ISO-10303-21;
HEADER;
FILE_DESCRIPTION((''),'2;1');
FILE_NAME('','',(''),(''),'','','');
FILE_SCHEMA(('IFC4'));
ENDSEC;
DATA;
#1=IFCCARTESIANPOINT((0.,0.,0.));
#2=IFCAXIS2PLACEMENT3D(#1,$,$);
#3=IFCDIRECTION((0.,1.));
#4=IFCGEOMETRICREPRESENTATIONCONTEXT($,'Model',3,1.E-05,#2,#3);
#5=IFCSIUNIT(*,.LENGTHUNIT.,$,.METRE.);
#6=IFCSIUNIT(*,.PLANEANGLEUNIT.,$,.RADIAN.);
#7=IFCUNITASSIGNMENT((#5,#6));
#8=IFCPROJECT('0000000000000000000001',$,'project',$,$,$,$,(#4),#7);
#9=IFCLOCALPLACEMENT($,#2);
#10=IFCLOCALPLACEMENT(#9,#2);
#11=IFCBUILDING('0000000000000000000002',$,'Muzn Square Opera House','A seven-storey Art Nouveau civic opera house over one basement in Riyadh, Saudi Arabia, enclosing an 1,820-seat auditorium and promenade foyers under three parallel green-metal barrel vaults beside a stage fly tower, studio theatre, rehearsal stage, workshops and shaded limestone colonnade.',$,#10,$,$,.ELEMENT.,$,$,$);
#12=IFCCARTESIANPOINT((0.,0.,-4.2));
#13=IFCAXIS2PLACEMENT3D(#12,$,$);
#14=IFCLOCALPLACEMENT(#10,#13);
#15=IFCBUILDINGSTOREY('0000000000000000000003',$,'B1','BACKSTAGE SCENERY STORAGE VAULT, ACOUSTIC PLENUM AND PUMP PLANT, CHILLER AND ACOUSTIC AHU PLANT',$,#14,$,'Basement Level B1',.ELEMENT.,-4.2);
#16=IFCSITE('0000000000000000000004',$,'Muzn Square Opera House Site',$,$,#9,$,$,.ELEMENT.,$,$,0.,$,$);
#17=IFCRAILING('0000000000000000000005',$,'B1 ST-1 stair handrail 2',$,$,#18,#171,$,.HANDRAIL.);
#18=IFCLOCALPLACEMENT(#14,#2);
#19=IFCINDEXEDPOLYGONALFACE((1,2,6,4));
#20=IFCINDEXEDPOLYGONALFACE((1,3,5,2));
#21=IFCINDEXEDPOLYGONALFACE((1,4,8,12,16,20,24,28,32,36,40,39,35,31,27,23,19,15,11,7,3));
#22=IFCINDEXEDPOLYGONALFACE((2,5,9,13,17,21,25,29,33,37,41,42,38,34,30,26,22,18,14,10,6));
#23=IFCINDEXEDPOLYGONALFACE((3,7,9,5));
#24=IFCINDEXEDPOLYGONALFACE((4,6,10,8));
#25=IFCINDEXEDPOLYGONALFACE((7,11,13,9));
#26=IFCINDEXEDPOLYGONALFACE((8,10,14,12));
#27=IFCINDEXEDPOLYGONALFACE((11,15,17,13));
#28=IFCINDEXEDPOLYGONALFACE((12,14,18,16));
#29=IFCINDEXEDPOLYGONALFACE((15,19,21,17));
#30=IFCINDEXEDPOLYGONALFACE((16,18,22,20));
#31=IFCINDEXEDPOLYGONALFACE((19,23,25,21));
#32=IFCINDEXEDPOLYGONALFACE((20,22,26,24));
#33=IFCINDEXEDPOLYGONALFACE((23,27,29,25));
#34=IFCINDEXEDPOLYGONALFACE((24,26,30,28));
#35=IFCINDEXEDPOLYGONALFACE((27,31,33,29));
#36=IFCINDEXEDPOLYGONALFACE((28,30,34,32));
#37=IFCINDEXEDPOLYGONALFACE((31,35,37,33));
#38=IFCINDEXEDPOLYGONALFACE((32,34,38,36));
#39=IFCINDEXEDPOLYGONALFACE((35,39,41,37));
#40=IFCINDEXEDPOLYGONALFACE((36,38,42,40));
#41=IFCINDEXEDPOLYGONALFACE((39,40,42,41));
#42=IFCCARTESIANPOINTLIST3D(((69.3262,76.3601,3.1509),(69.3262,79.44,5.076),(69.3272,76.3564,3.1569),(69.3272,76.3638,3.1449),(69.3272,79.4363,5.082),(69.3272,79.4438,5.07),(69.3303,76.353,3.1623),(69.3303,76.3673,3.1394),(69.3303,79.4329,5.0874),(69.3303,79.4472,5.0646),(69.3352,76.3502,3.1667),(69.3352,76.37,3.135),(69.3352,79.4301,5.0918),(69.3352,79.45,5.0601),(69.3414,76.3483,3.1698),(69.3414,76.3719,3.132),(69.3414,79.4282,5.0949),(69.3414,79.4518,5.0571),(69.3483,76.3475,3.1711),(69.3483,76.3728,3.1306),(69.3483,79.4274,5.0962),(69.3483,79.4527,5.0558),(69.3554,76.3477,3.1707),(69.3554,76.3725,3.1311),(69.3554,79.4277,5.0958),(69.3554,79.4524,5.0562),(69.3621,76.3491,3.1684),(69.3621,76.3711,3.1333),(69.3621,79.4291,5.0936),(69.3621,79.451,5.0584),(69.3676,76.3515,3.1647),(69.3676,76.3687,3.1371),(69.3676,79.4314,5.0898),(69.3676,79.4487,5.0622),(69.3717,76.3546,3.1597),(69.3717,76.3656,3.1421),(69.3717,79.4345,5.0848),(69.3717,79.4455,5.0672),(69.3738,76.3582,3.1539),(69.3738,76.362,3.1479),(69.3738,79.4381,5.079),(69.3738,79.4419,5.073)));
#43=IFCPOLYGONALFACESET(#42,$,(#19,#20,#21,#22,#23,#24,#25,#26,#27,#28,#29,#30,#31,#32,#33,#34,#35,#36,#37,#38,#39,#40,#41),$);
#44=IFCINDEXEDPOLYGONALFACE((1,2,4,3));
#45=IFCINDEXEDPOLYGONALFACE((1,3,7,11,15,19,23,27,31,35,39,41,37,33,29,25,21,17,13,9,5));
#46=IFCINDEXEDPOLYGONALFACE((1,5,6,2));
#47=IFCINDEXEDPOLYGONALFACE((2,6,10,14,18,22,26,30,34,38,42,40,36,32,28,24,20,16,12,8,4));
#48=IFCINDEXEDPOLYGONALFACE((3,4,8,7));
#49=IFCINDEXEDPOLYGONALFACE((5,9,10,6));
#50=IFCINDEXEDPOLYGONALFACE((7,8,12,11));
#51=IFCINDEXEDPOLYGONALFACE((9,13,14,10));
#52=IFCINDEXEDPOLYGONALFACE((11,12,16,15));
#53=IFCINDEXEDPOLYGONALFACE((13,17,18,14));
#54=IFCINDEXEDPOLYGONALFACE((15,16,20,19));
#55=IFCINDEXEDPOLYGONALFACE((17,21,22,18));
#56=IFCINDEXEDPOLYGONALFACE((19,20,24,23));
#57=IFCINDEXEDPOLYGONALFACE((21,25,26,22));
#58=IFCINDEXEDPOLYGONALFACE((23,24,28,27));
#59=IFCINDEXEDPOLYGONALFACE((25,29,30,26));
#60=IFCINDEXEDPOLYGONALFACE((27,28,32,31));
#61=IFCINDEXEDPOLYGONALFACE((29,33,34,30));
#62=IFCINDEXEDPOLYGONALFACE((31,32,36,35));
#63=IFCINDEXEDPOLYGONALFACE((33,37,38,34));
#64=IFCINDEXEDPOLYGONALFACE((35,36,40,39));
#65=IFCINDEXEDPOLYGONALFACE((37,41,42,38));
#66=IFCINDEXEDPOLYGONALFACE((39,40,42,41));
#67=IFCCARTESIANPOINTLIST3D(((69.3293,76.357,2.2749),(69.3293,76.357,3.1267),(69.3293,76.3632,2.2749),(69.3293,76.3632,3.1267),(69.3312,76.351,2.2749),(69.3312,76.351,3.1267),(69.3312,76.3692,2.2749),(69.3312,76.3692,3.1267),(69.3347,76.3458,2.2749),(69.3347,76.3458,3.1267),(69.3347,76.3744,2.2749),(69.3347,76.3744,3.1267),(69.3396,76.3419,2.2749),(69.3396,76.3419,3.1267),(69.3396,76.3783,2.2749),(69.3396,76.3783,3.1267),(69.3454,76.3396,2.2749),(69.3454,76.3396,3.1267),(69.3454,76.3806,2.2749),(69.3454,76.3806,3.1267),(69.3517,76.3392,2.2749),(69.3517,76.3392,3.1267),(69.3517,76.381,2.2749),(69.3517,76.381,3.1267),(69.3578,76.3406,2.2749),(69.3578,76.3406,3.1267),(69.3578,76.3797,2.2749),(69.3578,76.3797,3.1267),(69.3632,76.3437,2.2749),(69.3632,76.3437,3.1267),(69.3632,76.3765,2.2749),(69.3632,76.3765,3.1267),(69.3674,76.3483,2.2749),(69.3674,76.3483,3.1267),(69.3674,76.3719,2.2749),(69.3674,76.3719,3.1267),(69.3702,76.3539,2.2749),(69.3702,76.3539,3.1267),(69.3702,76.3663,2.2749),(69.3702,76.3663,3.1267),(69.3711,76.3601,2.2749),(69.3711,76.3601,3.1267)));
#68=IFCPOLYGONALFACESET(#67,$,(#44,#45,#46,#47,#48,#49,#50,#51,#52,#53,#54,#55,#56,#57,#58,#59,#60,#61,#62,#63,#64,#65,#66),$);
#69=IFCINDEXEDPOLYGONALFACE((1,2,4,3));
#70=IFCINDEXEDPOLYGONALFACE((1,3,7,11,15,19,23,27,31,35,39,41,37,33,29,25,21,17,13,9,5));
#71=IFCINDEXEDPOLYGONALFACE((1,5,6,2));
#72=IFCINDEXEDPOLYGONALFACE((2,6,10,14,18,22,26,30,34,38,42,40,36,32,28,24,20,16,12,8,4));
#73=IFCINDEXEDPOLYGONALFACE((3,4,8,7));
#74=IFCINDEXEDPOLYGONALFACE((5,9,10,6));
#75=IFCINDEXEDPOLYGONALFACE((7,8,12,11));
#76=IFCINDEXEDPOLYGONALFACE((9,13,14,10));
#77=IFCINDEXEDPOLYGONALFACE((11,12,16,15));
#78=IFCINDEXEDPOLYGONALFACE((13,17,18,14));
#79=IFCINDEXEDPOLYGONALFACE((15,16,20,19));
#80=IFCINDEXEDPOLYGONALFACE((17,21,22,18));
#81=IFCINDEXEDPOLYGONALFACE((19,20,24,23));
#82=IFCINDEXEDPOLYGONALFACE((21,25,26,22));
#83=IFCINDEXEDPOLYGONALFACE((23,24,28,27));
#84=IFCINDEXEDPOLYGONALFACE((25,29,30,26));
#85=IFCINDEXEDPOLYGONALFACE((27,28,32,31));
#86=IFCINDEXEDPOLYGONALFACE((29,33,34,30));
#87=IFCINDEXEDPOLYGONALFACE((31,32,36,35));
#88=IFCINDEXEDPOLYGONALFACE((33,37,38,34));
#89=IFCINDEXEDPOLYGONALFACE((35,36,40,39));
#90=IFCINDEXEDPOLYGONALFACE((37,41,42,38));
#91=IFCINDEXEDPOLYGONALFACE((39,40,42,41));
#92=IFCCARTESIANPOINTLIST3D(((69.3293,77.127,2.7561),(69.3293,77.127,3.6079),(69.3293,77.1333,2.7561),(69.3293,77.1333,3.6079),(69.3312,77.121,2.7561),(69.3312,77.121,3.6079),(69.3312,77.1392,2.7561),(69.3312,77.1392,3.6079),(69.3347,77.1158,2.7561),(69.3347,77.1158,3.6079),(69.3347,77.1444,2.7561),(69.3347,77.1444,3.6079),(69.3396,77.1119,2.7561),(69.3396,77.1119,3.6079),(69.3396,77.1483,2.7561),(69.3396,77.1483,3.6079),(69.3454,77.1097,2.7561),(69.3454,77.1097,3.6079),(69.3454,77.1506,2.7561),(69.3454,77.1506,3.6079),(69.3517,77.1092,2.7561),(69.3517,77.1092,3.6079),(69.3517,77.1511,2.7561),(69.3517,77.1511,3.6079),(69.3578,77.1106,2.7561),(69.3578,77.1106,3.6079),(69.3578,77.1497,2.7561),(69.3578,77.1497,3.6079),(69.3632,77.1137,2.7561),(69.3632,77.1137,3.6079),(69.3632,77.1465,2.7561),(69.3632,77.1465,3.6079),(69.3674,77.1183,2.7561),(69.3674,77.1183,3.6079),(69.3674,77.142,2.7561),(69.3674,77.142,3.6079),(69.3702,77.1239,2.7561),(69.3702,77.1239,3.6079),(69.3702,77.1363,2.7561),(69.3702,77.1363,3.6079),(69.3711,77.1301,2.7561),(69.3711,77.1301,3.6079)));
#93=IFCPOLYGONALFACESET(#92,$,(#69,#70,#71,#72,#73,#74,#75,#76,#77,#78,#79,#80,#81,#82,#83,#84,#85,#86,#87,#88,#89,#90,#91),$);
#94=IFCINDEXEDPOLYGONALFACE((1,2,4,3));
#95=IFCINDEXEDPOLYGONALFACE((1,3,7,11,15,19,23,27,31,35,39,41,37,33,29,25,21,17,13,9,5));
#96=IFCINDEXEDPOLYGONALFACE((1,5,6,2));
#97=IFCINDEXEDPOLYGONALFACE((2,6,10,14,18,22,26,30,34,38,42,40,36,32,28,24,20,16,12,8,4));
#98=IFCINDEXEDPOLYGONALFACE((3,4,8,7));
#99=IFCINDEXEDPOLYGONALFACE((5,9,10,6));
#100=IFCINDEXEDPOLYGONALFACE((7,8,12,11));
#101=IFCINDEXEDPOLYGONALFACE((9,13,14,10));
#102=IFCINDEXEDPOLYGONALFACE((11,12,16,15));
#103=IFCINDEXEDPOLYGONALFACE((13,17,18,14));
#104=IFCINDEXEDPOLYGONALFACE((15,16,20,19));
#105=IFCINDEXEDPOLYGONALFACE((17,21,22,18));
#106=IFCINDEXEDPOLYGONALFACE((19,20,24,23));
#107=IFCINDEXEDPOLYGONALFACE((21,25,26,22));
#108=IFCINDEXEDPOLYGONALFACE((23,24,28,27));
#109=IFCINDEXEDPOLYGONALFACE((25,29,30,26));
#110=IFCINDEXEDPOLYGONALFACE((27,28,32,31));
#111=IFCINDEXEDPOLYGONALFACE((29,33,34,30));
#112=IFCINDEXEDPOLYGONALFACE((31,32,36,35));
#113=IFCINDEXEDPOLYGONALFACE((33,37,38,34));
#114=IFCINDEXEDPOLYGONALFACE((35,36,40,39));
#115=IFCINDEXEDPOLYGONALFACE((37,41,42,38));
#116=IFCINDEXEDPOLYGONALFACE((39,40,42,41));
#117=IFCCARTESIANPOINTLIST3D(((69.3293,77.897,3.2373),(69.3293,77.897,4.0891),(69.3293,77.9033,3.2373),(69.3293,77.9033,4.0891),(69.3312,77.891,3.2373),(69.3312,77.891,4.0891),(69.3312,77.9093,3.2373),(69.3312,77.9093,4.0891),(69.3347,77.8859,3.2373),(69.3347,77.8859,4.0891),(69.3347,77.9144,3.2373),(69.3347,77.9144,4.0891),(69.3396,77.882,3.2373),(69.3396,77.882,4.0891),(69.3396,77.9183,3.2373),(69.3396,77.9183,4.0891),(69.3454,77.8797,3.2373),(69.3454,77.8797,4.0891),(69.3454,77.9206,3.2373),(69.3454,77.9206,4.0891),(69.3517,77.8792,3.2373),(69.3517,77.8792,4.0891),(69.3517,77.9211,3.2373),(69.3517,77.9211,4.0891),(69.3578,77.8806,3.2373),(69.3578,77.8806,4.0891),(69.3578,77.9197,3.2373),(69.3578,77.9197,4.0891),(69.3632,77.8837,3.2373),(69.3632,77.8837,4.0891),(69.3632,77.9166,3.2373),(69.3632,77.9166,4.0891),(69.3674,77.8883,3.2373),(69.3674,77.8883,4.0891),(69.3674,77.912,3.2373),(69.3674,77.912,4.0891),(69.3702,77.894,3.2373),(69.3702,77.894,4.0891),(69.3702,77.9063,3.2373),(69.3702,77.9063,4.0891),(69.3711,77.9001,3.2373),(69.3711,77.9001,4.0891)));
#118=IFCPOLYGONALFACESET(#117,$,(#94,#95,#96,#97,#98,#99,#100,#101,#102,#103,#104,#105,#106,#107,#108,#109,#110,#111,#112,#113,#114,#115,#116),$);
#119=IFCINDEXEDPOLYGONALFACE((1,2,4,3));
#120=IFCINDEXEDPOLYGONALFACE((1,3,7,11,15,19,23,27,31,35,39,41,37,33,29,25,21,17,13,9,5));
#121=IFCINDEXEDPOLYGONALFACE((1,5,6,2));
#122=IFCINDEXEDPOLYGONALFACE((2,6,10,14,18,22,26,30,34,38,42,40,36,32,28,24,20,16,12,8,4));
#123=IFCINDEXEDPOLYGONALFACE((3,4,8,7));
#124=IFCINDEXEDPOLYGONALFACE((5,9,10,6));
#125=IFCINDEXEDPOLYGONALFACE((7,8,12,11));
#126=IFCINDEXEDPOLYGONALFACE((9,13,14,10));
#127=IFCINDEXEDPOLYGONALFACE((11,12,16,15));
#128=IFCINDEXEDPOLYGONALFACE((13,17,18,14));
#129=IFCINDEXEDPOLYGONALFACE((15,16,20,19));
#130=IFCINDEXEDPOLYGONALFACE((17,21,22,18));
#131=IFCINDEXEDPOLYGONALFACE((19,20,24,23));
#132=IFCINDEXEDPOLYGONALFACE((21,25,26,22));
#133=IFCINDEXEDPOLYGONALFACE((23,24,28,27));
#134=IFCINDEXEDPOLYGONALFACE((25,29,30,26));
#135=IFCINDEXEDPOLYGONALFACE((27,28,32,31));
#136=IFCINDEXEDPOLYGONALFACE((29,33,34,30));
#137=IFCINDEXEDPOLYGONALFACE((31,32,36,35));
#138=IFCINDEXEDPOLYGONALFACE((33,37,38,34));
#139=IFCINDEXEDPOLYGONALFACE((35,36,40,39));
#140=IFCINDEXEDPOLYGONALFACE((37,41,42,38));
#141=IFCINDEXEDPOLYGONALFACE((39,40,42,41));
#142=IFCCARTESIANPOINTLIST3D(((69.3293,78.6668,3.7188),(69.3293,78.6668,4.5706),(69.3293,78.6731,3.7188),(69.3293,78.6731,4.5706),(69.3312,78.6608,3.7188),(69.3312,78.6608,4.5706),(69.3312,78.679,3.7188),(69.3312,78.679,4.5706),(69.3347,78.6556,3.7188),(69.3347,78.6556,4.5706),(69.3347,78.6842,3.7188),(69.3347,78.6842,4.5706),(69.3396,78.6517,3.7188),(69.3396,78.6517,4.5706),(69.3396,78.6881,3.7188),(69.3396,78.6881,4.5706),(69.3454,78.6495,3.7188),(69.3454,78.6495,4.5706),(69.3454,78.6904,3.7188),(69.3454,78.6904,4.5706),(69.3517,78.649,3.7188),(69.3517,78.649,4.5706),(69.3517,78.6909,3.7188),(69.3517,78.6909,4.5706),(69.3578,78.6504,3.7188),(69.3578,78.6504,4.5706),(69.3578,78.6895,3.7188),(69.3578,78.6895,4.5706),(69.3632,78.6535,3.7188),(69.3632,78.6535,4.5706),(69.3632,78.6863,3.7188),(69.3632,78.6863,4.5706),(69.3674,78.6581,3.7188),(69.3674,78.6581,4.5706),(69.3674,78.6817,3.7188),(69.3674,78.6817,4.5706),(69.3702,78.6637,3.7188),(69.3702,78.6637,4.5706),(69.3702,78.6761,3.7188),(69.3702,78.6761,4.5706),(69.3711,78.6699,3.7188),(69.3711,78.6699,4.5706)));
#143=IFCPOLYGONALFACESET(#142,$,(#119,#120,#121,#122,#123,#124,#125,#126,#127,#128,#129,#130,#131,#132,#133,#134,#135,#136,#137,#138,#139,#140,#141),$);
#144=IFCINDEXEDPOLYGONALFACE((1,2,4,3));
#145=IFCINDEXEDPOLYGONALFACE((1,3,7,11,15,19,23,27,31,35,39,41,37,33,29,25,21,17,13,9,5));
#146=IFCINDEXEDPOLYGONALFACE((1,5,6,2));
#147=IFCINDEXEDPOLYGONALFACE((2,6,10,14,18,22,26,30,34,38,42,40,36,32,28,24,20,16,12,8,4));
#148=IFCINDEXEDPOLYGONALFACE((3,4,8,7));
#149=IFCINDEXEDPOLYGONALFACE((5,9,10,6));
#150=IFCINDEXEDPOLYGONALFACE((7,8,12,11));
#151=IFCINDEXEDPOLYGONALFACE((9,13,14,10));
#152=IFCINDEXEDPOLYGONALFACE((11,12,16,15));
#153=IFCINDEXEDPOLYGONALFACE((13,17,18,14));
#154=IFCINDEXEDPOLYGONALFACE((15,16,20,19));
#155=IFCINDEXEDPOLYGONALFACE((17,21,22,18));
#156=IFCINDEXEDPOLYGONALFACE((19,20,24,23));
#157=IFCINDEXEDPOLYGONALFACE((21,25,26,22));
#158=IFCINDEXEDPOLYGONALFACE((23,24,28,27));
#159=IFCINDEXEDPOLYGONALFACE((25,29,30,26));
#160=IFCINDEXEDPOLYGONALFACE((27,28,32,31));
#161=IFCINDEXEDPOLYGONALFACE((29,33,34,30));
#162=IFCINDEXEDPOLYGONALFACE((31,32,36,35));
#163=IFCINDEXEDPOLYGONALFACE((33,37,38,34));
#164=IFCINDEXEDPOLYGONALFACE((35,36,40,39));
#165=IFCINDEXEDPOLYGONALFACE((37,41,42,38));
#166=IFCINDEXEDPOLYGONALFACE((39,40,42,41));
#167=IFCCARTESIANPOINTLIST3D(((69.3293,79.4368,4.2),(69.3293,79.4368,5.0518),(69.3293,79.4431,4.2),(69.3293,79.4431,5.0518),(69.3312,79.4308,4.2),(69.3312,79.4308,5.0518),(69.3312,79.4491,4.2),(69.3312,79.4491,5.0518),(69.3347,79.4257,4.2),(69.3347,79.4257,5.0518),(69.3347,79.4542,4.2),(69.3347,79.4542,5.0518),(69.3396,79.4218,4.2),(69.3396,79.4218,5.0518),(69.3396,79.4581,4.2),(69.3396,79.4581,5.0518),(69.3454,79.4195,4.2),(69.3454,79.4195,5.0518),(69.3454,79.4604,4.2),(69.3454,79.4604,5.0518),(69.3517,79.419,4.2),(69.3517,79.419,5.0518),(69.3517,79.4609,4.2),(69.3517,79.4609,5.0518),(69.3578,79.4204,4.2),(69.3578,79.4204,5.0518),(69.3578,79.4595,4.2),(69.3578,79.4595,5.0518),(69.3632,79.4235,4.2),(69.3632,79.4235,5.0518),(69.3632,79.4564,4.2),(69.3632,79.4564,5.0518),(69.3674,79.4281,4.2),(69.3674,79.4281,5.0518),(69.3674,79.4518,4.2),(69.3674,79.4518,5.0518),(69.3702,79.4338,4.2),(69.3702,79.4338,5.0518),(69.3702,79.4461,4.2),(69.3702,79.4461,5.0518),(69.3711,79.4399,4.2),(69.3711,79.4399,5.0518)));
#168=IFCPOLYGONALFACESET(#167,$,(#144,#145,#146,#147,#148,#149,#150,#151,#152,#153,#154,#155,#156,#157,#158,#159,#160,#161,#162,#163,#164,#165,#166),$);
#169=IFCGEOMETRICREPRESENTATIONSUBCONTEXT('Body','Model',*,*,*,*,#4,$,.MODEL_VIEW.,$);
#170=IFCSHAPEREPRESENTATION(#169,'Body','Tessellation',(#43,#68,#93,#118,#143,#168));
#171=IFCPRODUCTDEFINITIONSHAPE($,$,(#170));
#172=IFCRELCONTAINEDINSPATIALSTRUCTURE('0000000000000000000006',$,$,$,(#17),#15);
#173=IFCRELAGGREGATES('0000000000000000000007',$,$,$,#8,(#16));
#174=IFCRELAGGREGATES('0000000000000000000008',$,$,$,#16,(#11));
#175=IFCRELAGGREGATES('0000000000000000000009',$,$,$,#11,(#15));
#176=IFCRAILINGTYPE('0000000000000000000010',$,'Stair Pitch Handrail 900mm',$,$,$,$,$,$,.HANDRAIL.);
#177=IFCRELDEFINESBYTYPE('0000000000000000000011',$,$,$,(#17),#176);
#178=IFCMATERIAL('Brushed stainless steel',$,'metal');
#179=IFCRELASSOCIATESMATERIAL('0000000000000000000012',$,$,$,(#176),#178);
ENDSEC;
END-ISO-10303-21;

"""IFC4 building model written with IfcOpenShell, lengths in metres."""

from ifc_helpers import new_model, si_unit, direction, frame, origin, origin_2d, place, context, subcontext, project, spatial, circle, extrude, material, type_object, element, save


model = new_model("IFC4")

# Units and contexts
model_context = context("Model", 3, precision=1e-05, world=origin(), true_north=direction((0.0, 1.0)))
body_context = subcontext(model_context, "Body", "Model", "MODEL_VIEW")
ifc_project = project(units=[si_unit("LENGTHUNIT", "METRE"), si_unit("PLANEANGLEUNIT", "RADIAN")], contexts=[model_context])

# Site, building, storey
site_placement = place(None, origin())
site = spatial("IfcSite", under=ifc_project, at=site_placement, Name="Muzn Square Opera House Site", CompositionType="ELEMENT", RefElevation=0.0)
building_placement = place(site_placement, origin())
building = spatial("IfcBuilding", under=site, at=building_placement, Name="Muzn Square Opera House", Description="A seven-storey Art Nouveau civic opera house over one basement in Riyadh, Saudi Arabia, enclosing an 1,820-seat auditorium and promenade foyers under three parallel green-metal barrel vaults beside a stage fly tower, studio theatre, rehearsal stage, workshops and shaded limestone colonnade.", CompositionType="ELEMENT")
storey_placement = place(building_placement, frame((0.0, 0.0, -4.2)))
storey = spatial("IfcBuildingStorey", under=building, at=storey_placement, Name="B1", Description="BACKSTAGE SCENERY STORAGE VAULT, ACOUSTIC PLENUM AND PUMP PLANT, CHILLER AND ACOUSTIC AHU PLANT", LongName="Basement Level B1", CompositionType="ELEMENT", Elevation=-4.2)

# Railing
ifc_material_1 = material(Name="Brushed stainless steel", Category="metal")
railing_type_1 = type_object("IfcRailingType", Name="Stair Pitch Handrail 900mm", PredefinedType="HANDRAIL", material=ifc_material_1)
railing_1_placement = place(storey_placement, frame((69.3501, 76.3601, 2.2749)))
element("IfcRailing", 1, at=railing_1_placement, inside=storey, type_object=railing_type_1, Name="B1 ST-1 stair handrail 2", PredefinedType="HANDRAIL", context=body_context, shape_type="SweptSolid", body=[
    extrude(circle(Radius=0.0239, at=origin_2d()), frame((0.0, 0.0, 0.876), z_axis=(0.0, 0.847979, 0.530029), x_axis=(-1.0, 0.0, 0.0)), (0.0, 0.0, 1.0), 3.6321),
    extrude(circle(Radius=0.021, at=origin_2d()), origin(), (0.0, 0.0, 1.0), 0.8518),
    extrude(circle(Radius=0.021, at=origin_2d()), frame((0.0, 0.77, 0.4812)), (0.0, 0.0, 1.0), 0.8518),
    extrude(circle(Radius=0.021, at=origin_2d()), frame((0.0, 1.54, 0.9624)), (0.0, 0.0, 1.0), 0.8518),
    extrude(circle(Radius=0.021, at=origin_2d()), frame((0.0, 2.3098, 1.4438)), (0.0, 0.0, 1.0), 0.8518),
    extrude(circle(Radius=0.021, at=origin_2d()), frame((0.0, 3.0798, 1.925)), (0.0, 0.0, 1.0), 0.8518),
])

save(model, "model.ifc")
